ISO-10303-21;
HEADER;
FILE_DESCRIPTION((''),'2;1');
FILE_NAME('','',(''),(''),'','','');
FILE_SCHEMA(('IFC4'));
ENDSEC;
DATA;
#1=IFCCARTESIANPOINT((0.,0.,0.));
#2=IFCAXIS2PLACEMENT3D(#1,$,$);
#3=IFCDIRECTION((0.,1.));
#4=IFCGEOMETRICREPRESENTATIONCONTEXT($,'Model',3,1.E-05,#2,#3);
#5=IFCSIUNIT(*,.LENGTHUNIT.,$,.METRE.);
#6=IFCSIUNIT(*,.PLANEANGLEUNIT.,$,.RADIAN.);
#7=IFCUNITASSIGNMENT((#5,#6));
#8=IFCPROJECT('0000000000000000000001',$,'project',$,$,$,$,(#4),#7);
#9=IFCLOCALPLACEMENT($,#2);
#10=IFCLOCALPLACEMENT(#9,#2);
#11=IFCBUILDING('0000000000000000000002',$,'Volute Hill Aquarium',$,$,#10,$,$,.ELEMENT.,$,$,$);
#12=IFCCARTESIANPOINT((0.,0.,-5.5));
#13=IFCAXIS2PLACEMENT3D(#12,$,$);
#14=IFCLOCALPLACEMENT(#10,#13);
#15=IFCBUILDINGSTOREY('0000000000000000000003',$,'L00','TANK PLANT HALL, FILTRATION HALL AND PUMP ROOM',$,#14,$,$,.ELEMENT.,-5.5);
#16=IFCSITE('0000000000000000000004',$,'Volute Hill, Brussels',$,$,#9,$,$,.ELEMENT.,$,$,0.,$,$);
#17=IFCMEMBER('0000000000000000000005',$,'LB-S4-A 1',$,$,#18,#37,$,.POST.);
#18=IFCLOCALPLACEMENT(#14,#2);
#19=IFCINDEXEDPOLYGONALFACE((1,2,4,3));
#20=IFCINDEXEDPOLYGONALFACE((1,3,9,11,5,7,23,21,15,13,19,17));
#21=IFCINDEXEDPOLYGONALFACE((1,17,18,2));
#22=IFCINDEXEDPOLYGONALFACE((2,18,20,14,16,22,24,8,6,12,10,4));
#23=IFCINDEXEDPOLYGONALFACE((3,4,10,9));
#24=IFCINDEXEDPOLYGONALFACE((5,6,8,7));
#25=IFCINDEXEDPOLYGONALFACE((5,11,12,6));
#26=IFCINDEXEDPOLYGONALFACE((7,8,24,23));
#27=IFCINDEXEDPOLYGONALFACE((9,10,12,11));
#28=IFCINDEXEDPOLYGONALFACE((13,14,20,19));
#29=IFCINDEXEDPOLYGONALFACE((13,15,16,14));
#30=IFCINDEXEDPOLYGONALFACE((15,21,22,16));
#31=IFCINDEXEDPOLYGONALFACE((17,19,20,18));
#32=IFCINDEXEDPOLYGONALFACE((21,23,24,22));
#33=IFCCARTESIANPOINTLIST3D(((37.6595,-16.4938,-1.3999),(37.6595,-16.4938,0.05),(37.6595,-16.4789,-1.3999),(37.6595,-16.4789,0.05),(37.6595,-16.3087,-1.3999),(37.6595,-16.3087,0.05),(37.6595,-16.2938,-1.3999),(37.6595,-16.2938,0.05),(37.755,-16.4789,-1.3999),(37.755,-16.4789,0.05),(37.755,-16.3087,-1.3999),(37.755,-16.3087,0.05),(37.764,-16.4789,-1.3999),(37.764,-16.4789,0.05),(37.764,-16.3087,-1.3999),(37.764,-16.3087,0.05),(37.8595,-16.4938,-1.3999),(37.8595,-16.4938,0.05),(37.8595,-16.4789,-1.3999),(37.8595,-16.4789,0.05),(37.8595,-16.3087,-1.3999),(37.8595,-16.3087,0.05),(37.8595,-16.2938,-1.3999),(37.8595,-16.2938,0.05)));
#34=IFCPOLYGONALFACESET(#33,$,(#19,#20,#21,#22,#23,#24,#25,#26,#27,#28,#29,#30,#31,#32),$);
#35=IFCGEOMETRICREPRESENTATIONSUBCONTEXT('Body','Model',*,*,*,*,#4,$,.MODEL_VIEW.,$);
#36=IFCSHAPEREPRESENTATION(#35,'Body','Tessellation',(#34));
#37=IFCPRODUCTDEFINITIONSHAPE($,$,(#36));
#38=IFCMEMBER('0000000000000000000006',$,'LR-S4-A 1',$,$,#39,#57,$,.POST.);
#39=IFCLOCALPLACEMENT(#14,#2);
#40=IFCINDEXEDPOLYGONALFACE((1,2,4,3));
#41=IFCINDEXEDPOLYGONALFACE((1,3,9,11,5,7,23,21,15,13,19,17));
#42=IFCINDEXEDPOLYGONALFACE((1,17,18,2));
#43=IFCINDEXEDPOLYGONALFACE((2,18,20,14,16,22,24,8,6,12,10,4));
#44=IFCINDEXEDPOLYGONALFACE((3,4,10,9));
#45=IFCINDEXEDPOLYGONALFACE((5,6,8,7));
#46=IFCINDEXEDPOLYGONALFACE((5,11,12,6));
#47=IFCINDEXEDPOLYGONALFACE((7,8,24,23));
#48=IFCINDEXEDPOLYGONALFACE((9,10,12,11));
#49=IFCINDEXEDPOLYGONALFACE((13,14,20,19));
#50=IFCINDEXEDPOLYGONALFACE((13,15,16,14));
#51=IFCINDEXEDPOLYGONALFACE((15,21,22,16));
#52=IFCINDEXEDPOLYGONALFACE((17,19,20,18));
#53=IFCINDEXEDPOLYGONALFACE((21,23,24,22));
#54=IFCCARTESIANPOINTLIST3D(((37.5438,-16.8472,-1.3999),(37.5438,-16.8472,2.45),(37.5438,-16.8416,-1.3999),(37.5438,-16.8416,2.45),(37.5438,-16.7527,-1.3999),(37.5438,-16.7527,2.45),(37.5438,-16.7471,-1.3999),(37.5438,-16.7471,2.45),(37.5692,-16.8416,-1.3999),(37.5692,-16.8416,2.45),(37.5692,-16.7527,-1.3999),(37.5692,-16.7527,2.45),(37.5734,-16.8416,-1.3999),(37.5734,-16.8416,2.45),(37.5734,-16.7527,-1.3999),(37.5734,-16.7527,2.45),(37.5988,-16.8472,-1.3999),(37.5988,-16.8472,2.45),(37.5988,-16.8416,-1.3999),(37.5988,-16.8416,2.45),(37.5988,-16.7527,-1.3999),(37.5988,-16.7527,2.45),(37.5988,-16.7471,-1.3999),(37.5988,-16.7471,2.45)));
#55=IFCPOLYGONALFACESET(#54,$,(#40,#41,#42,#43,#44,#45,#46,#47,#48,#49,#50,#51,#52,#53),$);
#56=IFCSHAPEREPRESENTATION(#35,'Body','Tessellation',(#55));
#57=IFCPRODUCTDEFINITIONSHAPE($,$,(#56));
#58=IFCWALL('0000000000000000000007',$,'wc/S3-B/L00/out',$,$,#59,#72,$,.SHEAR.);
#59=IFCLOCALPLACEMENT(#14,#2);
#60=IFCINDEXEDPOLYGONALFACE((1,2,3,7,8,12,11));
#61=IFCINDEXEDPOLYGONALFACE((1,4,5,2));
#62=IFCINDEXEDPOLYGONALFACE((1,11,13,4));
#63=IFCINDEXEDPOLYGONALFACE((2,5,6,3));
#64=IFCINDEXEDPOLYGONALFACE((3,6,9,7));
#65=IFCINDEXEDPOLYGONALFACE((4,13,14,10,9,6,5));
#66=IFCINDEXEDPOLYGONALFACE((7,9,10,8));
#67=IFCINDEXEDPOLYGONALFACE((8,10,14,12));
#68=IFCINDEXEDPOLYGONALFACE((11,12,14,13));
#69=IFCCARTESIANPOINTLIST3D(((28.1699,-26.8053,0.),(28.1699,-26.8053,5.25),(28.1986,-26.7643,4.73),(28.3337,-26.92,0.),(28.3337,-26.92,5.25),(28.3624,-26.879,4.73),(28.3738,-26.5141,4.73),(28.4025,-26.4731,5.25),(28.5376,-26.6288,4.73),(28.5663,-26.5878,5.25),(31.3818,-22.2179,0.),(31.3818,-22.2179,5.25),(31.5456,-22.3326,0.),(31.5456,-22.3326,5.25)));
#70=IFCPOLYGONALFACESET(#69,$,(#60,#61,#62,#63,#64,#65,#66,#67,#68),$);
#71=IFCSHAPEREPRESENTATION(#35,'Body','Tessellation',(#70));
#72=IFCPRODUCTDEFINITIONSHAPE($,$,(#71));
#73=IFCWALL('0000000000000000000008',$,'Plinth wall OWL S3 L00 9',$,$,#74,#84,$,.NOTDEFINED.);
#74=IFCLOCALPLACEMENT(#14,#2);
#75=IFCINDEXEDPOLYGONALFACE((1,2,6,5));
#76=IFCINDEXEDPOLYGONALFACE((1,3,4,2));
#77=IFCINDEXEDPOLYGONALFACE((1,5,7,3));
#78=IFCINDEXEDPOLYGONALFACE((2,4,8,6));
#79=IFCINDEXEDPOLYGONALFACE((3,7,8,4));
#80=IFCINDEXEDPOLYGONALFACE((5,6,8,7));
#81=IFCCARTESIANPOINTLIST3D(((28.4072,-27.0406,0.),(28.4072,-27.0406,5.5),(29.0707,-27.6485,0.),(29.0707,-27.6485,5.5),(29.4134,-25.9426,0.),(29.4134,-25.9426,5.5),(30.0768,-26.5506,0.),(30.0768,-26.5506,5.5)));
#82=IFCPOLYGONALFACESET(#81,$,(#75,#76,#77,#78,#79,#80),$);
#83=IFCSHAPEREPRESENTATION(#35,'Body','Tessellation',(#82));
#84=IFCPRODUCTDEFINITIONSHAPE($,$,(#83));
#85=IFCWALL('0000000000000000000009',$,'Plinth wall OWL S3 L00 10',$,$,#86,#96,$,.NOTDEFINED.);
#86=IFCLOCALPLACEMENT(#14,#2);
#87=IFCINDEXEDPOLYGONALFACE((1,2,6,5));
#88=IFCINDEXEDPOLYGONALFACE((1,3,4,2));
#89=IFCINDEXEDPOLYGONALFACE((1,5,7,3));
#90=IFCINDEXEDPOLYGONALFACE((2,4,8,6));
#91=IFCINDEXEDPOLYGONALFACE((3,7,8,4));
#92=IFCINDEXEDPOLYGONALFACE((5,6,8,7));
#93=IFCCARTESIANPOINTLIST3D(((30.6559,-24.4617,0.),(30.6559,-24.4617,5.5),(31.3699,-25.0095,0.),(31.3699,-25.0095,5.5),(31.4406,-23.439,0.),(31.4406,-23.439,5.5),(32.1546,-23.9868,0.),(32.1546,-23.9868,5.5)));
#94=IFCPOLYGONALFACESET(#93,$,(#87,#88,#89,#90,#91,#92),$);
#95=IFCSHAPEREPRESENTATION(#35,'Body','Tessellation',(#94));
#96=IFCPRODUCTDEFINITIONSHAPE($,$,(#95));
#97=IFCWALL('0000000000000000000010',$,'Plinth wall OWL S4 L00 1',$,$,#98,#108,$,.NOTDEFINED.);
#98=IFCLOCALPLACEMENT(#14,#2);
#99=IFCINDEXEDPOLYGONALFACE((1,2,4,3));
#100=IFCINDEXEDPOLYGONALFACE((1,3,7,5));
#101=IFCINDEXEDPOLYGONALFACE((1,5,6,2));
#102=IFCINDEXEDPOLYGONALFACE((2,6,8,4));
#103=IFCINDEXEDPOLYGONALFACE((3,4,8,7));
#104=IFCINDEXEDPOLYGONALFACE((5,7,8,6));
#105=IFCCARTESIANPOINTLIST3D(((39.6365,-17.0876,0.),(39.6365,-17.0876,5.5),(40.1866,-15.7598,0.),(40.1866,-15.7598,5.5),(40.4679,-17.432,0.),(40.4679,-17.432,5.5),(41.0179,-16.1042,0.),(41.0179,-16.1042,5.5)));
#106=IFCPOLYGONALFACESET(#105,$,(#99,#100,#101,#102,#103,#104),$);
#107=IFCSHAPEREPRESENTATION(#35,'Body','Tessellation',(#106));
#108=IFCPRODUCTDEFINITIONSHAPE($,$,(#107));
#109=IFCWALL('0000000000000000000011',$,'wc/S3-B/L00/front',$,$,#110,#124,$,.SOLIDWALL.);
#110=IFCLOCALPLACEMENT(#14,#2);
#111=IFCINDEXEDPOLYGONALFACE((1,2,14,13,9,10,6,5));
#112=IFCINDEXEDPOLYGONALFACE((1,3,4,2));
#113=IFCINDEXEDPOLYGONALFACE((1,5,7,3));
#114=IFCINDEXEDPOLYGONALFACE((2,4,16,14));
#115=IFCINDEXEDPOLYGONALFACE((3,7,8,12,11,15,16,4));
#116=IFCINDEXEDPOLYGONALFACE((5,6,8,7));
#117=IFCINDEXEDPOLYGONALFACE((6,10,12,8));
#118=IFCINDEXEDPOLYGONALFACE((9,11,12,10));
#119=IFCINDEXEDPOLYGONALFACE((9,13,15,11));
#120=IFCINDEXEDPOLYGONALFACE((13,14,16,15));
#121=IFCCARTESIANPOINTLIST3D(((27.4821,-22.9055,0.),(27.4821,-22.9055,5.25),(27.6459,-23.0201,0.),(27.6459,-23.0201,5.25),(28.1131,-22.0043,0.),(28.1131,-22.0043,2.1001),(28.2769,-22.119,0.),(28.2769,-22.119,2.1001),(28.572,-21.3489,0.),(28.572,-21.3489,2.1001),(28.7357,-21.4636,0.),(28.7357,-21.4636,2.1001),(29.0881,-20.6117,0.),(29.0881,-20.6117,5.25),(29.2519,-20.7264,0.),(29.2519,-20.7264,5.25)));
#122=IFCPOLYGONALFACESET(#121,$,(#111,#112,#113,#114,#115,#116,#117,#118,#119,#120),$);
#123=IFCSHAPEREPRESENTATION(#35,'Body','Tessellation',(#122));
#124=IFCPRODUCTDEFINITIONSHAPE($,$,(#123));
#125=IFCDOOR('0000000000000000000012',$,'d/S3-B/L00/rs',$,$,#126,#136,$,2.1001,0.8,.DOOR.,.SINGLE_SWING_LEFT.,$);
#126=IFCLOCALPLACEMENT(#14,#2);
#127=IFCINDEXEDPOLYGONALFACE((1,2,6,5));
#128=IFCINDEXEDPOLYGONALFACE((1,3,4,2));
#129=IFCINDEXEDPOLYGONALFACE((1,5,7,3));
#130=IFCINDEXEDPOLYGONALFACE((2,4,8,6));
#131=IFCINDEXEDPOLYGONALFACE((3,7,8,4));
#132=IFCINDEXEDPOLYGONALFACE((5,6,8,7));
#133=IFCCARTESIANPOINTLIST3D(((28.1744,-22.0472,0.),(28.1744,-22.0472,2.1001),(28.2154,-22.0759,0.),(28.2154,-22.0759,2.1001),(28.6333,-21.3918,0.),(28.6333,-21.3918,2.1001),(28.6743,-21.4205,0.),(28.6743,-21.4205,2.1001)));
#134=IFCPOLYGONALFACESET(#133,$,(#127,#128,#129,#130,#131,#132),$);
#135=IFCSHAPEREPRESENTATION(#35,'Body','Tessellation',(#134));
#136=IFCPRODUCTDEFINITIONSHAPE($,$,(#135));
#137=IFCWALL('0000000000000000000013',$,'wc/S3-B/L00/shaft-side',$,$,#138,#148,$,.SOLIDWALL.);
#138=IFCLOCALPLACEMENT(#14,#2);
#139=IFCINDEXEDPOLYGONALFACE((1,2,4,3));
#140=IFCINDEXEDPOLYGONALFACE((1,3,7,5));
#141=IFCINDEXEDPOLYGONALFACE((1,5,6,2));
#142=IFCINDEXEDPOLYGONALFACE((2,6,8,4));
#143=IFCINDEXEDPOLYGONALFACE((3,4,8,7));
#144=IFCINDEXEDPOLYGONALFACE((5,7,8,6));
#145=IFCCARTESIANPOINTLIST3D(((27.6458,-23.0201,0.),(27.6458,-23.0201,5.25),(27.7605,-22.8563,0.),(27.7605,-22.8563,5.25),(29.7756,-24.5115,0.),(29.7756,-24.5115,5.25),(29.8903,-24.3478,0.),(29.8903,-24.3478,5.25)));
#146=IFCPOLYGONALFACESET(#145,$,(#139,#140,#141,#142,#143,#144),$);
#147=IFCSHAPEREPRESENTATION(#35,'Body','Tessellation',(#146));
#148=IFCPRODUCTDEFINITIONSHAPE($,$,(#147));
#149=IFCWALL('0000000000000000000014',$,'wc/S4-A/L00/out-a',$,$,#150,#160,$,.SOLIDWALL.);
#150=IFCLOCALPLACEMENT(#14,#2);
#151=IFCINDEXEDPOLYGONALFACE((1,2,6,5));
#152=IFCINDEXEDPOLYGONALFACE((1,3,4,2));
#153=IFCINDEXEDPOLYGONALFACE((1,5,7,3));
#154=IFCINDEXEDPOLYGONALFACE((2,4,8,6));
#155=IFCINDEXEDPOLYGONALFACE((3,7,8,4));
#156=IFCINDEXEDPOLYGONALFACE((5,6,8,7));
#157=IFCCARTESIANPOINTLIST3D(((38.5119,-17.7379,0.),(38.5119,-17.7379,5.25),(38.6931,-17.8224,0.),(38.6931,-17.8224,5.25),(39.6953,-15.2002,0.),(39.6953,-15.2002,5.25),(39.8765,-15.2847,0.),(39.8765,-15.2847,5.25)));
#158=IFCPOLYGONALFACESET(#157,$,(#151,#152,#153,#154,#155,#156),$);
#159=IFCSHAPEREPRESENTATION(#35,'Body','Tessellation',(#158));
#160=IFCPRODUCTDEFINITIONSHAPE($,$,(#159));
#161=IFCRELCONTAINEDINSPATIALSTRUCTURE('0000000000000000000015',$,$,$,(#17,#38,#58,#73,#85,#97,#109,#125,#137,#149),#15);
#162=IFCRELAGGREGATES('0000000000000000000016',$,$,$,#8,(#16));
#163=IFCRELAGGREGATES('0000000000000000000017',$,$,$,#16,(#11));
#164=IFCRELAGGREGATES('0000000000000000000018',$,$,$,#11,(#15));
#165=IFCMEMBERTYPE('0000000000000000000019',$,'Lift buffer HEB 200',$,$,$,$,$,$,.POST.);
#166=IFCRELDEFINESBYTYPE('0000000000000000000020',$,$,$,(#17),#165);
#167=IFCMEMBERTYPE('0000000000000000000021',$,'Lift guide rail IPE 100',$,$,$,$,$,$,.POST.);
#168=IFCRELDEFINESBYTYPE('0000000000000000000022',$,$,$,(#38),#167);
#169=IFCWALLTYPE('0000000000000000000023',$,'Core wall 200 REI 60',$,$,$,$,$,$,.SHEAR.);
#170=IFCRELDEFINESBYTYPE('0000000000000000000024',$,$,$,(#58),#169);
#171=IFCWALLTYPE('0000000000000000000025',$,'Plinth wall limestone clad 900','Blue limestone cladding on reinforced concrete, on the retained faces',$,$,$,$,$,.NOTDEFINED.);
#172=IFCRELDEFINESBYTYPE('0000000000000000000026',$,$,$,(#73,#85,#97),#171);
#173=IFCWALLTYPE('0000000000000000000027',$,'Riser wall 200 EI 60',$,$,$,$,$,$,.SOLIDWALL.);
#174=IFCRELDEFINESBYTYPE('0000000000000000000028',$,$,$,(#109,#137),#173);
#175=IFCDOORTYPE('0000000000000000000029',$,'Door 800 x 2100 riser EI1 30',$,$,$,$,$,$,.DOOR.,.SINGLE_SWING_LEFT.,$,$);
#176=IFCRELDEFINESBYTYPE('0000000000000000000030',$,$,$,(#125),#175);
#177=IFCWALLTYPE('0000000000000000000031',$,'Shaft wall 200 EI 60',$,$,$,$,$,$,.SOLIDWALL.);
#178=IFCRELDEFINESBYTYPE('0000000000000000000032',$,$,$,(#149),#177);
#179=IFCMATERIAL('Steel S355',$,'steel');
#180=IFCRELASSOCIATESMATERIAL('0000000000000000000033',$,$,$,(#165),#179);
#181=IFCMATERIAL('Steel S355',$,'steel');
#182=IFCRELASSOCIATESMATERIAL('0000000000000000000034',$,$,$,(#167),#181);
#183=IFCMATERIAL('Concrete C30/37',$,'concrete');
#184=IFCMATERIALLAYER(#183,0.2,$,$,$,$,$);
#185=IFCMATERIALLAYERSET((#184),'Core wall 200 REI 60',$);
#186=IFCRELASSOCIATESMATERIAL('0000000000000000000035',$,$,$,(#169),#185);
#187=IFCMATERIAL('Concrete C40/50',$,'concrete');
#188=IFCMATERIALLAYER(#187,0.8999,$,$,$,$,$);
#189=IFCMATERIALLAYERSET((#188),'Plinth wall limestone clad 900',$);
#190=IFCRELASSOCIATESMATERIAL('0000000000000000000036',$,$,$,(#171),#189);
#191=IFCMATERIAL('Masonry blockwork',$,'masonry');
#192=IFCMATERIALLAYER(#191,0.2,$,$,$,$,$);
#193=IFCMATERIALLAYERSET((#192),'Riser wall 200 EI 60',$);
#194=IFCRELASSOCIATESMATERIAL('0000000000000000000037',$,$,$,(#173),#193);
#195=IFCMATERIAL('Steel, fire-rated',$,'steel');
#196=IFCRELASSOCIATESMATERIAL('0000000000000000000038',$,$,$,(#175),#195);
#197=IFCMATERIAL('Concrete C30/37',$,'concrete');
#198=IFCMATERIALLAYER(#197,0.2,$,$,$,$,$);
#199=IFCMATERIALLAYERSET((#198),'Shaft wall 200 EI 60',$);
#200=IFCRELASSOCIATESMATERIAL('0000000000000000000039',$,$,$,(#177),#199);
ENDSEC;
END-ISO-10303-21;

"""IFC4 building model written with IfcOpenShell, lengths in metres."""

from ifc_helpers import new_model, si_unit, direction, frame, frame_2d, origin, origin_2d, place, context, subcontext, project, spatial, polyline, rectangle, i_section, outline, extrude, material, layer, layer_set, material_profile, profile_set, type_object, element, fill, save


model = new_model("IFC4")

# Units and contexts
model_context = context("Model", 3, precision=1e-05, world=origin(), true_north=direction((0.0, 1.0)))
body_context = subcontext(model_context, "Body", "Model", "MODEL_VIEW")
ifc_project = project(units=[si_unit("LENGTHUNIT", "METRE"), si_unit("PLANEANGLEUNIT", "RADIAN")], contexts=[model_context])

# Site, building, storey
site_placement = place(None, origin())
site = spatial("IfcSite", under=ifc_project, at=site_placement, Name="Volute Hill, Brussels", CompositionType="ELEMENT", RefElevation=0.0)
building_placement = place(site_placement, origin())
building = spatial("IfcBuilding", under=site, at=building_placement, Name="Volute Hill Aquarium", CompositionType="ELEMENT")
storey_placement = place(building_placement, frame((0.0, 0.0, -5.5)))
storey = spatial("IfcBuildingStorey", under=building, at=storey_placement, Name="L00", Description="TANK PLANT HALL, FILTRATION HALL AND PUMP ROOM", CompositionType="ELEMENT", Elevation=-5.5)

# Members
ifc_material_1 = material(Name="Steel S355", Category="steel")
ifc_material_profile_1 = material_profile(ifc_material_1, i_section(OverallWidth=0.2, OverallDepth=0.2, WebThickness=0.009, FlangeThickness=0.0149, at=origin_2d()), Name="HEB 200")
ifc_profile_set_1 = profile_set([ifc_material_profile_1], Name="Steel S355")
member_type_1 = type_object("IfcMemberType", Name="Lift buffer HEB 200", PredefinedType="POST", material=ifc_profile_set_1)
member_1_placement = place(storey_placement, frame((37.7595, -16.3938, -1.3999), z_axis=(0.0, 0.0, 1.0), x_axis=(1.0, 0.0, 0.0)))
element("IfcMember", 1, at=member_1_placement, inside=storey, type_object=member_type_1, Name="LB-S4-A 1", PredefinedType="POST", context=body_context, shape_type="SweptSolid", body=[
    extrude(i_section(OverallWidth=0.2, OverallDepth=0.2, WebThickness=0.009, FlangeThickness=0.0149, at=origin_2d()), origin(), (0.0, 0.0, 1.0), 1.45),
])
ifc_material_2 = material(Name="Steel S355", Category="steel")
ifc_material_profile_2 = material_profile(ifc_material_2, i_section(OverallWidth=0.0549, OverallDepth=0.1001, WebThickness=0.0042, FlangeThickness=0.0056, at=origin_2d()), Name="IPE 100")
ifc_profile_set_2 = profile_set([ifc_material_profile_2], Name="Steel S355")
member_type_2 = type_object("IfcMemberType", Name="Lift guide rail IPE 100", PredefinedType="POST", material=ifc_profile_set_2)
member_2_placement = place(storey_placement, frame((37.5713, -16.7971, -1.3999), z_axis=(0.0, 0.0, 1.0), x_axis=(1.0, 0.0, 0.0)))
element("IfcMember", 2, at=member_2_placement, inside=storey, type_object=member_type_2, Name="LR-S4-A 1", PredefinedType="POST", context=body_context, shape_type="SweptSolid", body=[
    extrude(i_section(OverallWidth=0.0549, OverallDepth=0.1001, WebThickness=0.0042, FlangeThickness=0.0056, at=origin_2d()), origin(), (0.0, 0.0, 1.0), 3.8499),
])

# Walls
ifc_material_3 = material(Name="Concrete C30/37", Category="concrete")
ifc_layer_1 = layer(ifc_material_3, 0.2)
ifc_layer_set_1 = layer_set([ifc_layer_1], Name="Core wall 200 REI 60")
wall_type_1 = type_object("IfcWallType", Name="Core wall 200 REI 60", PredefinedType="SHEAR", material=ifc_layer_set_1)
wall_1_placement = place(storey_placement, frame((31.4636, -22.2751, 0.0), z_axis=(0.0, 0.0, 1.0), x_axis=(-0.57355, -0.81917, 0.0)))
element("IfcWall", 3, at=wall_1_placement, inside=storey, type_object=wall_type_1, Name="wc/S3-B/L00/out", PredefinedType="SHEAR", context=body_context, shape_type="SweptSolid", body=[
    extrude(outline(polyline([(0.0, 0.0), (5.6001, 0.0), (5.6001, 5.25), (5.55, 4.73), (5.2446, 4.73), (5.1946, 5.25), (0.0, 5.25), (0.0, 0.0)])), frame((0.0, 0.1001, 0.0), z_axis=(0.0, -1.0, 0.0), x_axis=(1.0, 0.0, 0.0)), (0.0, 0.0, 1.0), 0.2),
])
ifc_material_4 = material(Name="Concrete C40/50", Category="concrete")
ifc_layer_2 = layer(ifc_material_4, 0.8999)
ifc_layer_set_2 = layer_set([ifc_layer_2], Name="Plinth wall limestone clad 900")
wall_type_2 = type_object("IfcWallType", Name="Plinth wall limestone clad 900", Description="Blue limestone cladding on reinforced concrete, on the retained faces", PredefinedType="NOTDEFINED", material=ifc_layer_set_2)
wall_2_placement = place(storey_placement, frame((29.7451, -26.2466, 0.0), z_axis=(0.0, 0.0, 1.0), x_axis=(-0.675613, -0.737256, 0.0)))
element("IfcWall", 4, at=wall_2_placement, inside=storey, type_object=wall_type_2, Name="Plinth wall OWL S3 L00 9", PredefinedType="NOTDEFINED", context=body_context, shape_type="SweptSolid", body=[
    extrude(rectangle(XDim=1.4893, YDim=0.8999, at=frame_2d((0.7446, 0.0))), origin(), (0.0, 0.0, 1.0), 5.5),
])
wall_3_placement = place(storey_placement, frame((31.7976, -23.7129, 0.0), z_axis=(0.0, 0.0, 1.0), x_axis=(-0.608722, -0.793384, 0.0)))
element("IfcWall", 5, at=wall_3_placement, inside=storey, type_object=wall_type_2, Name="Plinth wall OWL S3 L00 10", PredefinedType="NOTDEFINED", context=body_context, shape_type="SweptSolid", body=[
    extrude(rectangle(XDim=1.2891, YDim=0.8999, at=frame_2d((0.6445, 0.0))), origin(), (0.0, 0.0, 1.0), 5.5),
])
wall_4_placement = place(storey_placement, frame((40.6023, -15.9319, 0.0), z_axis=(0.0, 0.0, 1.0), x_axis=(-0.382697, -0.923874, 0.0)))
element("IfcWall", 6, at=wall_4_placement, inside=storey, type_object=wall_type_2, Name="Plinth wall OWL S4 L00 1", PredefinedType="NOTDEFINED", context=body_context, shape_type="SweptSolid", body=[
    extrude(rectangle(XDim=1.4373, YDim=0.8999, at=frame_2d((0.7188, 0.0))), origin(), (0.0, 0.0, 1.0), 5.5),
])

# Wall, opening, door
ifc_material_5 = material(Name="Masonry blockwork", Category="masonry")
ifc_layer_3 = layer(ifc_material_5, 0.2)
ifc_layer_set_3 = layer_set([ifc_layer_3], Name="Riser wall 200 EI 60")
wall_type_3 = type_object("IfcWallType", Name="Riser wall 200 EI 60", PredefinedType="SOLIDWALL", material=ifc_layer_set_3)
wall_5_placement = place(storey_placement, frame((29.1699, -20.6692, 0.0), z_axis=(0.0, 0.0, 1.0), x_axis=(-0.57355, -0.81917, 0.0)))
wall_5 = element("IfcWall", 7, at=wall_5_placement, inside=storey, type_object=wall_type_3, Name="wc/S3-B/L00/front", PredefinedType="SOLIDWALL", context=body_context, shape_type="SweptSolid", body=[
    extrude(rectangle(XDim=2.8, YDim=0.2, at=frame_2d((1.3999, 0.0))), origin(), (0.0, 0.0, 1.0), 5.25),
])
opening_1_placement = place(wall_5_placement, frame((0.8999, 0.0, 0.0)))
opening_1 = element("IfcOpeningElement", 8, at=opening_1_placement, cuts=wall_5, PredefinedType="OPENING", context=body_context, shape_type="SweptSolid", body=[
    extrude(rectangle(XDim=0.8, YDim=2.1001, at=frame_2d((0.3999, 1.05))), frame((0.0, 0.1099, 0.0), z_axis=(0.0, -1.0, 0.0), x_axis=(1.0, 0.0, 0.0)), (0.0, 0.0, 1.0), 0.22),
])
ifc_material_6 = material(Name="Steel, fire-rated", Category="steel")
door_type_1 = type_object("IfcDoorType", Name="Door 800 x 2100 riser EI1 30", OperationType="SINGLE_SWING_LEFT", PredefinedType="DOOR", material=ifc_material_6)
door_1_placement = place(opening_1_placement, origin())
door_1 = element("IfcDoor", 9, at=door_1_placement, inside=storey, type_object=door_type_1, Name="d/S3-B/L00/rs", OperationType="SINGLE_SWING_LEFT", OverallHeight=2.1001, OverallWidth=0.8, PredefinedType="DOOR", context=body_context, shape_type="SweptSolid", body=[
    extrude(rectangle(XDim=0.8, YDim=2.1001, at=frame_2d((0.3999, 1.05))), frame((0.0, 0.0249, 0.0), z_axis=(0.0, -1.0, 0.0), x_axis=(1.0, 0.0, 0.0)), (0.0, 0.0, 1.0), 0.05),
])
fill(opening_1, door_1)

# Walls
wall_6_placement = place(storey_placement, frame((27.7031, -22.9382, 0.0), z_axis=(0.0, 0.0, 1.0), x_axis=(0.819135, -0.573601, 0.0)))
element("IfcWall", 10, at=wall_6_placement, inside=storey, type_object=wall_type_3, Name="wc/S3-B/L00/shaft-side", PredefinedType="SOLIDWALL", context=body_context, shape_type="SweptSolid", body=[
    extrude(rectangle(XDim=2.6001, YDim=0.2, at=frame_2d((1.3, 0.0))), origin(), (0.0, 0.0, 1.0), 5.25),
])
ifc_material_7 = material(Name="Concrete C30/37", Category="concrete")
ifc_layer_4 = layer(ifc_material_7, 0.2)
ifc_layer_set_4 = layer_set([ifc_layer_4], Name="Shaft wall 200 EI 60")
wall_type_4 = type_object("IfcWallType", Name="Shaft wall 200 EI 60", PredefinedType="SOLIDWALL", material=ifc_layer_set_4)
wall_7_placement = place(storey_placement, frame((38.6025, -17.78, 0.0), z_axis=(0.0, 0.0, 1.0), x_axis=(0.422632, 0.906301, 0.0)))
element("IfcWall", 11, at=wall_7_placement, inside=storey, type_object=wall_type_4, Name="wc/S4-A/L00/out-a", PredefinedType="SOLIDWALL", context=body_context, shape_type="SweptSolid", body=[
    extrude(rectangle(XDim=2.8, YDim=0.2, at=frame_2d((1.3999, 0.0))), origin(), (0.0, 0.0, 1.0), 5.25),
])

save(model, "model.ifc")
